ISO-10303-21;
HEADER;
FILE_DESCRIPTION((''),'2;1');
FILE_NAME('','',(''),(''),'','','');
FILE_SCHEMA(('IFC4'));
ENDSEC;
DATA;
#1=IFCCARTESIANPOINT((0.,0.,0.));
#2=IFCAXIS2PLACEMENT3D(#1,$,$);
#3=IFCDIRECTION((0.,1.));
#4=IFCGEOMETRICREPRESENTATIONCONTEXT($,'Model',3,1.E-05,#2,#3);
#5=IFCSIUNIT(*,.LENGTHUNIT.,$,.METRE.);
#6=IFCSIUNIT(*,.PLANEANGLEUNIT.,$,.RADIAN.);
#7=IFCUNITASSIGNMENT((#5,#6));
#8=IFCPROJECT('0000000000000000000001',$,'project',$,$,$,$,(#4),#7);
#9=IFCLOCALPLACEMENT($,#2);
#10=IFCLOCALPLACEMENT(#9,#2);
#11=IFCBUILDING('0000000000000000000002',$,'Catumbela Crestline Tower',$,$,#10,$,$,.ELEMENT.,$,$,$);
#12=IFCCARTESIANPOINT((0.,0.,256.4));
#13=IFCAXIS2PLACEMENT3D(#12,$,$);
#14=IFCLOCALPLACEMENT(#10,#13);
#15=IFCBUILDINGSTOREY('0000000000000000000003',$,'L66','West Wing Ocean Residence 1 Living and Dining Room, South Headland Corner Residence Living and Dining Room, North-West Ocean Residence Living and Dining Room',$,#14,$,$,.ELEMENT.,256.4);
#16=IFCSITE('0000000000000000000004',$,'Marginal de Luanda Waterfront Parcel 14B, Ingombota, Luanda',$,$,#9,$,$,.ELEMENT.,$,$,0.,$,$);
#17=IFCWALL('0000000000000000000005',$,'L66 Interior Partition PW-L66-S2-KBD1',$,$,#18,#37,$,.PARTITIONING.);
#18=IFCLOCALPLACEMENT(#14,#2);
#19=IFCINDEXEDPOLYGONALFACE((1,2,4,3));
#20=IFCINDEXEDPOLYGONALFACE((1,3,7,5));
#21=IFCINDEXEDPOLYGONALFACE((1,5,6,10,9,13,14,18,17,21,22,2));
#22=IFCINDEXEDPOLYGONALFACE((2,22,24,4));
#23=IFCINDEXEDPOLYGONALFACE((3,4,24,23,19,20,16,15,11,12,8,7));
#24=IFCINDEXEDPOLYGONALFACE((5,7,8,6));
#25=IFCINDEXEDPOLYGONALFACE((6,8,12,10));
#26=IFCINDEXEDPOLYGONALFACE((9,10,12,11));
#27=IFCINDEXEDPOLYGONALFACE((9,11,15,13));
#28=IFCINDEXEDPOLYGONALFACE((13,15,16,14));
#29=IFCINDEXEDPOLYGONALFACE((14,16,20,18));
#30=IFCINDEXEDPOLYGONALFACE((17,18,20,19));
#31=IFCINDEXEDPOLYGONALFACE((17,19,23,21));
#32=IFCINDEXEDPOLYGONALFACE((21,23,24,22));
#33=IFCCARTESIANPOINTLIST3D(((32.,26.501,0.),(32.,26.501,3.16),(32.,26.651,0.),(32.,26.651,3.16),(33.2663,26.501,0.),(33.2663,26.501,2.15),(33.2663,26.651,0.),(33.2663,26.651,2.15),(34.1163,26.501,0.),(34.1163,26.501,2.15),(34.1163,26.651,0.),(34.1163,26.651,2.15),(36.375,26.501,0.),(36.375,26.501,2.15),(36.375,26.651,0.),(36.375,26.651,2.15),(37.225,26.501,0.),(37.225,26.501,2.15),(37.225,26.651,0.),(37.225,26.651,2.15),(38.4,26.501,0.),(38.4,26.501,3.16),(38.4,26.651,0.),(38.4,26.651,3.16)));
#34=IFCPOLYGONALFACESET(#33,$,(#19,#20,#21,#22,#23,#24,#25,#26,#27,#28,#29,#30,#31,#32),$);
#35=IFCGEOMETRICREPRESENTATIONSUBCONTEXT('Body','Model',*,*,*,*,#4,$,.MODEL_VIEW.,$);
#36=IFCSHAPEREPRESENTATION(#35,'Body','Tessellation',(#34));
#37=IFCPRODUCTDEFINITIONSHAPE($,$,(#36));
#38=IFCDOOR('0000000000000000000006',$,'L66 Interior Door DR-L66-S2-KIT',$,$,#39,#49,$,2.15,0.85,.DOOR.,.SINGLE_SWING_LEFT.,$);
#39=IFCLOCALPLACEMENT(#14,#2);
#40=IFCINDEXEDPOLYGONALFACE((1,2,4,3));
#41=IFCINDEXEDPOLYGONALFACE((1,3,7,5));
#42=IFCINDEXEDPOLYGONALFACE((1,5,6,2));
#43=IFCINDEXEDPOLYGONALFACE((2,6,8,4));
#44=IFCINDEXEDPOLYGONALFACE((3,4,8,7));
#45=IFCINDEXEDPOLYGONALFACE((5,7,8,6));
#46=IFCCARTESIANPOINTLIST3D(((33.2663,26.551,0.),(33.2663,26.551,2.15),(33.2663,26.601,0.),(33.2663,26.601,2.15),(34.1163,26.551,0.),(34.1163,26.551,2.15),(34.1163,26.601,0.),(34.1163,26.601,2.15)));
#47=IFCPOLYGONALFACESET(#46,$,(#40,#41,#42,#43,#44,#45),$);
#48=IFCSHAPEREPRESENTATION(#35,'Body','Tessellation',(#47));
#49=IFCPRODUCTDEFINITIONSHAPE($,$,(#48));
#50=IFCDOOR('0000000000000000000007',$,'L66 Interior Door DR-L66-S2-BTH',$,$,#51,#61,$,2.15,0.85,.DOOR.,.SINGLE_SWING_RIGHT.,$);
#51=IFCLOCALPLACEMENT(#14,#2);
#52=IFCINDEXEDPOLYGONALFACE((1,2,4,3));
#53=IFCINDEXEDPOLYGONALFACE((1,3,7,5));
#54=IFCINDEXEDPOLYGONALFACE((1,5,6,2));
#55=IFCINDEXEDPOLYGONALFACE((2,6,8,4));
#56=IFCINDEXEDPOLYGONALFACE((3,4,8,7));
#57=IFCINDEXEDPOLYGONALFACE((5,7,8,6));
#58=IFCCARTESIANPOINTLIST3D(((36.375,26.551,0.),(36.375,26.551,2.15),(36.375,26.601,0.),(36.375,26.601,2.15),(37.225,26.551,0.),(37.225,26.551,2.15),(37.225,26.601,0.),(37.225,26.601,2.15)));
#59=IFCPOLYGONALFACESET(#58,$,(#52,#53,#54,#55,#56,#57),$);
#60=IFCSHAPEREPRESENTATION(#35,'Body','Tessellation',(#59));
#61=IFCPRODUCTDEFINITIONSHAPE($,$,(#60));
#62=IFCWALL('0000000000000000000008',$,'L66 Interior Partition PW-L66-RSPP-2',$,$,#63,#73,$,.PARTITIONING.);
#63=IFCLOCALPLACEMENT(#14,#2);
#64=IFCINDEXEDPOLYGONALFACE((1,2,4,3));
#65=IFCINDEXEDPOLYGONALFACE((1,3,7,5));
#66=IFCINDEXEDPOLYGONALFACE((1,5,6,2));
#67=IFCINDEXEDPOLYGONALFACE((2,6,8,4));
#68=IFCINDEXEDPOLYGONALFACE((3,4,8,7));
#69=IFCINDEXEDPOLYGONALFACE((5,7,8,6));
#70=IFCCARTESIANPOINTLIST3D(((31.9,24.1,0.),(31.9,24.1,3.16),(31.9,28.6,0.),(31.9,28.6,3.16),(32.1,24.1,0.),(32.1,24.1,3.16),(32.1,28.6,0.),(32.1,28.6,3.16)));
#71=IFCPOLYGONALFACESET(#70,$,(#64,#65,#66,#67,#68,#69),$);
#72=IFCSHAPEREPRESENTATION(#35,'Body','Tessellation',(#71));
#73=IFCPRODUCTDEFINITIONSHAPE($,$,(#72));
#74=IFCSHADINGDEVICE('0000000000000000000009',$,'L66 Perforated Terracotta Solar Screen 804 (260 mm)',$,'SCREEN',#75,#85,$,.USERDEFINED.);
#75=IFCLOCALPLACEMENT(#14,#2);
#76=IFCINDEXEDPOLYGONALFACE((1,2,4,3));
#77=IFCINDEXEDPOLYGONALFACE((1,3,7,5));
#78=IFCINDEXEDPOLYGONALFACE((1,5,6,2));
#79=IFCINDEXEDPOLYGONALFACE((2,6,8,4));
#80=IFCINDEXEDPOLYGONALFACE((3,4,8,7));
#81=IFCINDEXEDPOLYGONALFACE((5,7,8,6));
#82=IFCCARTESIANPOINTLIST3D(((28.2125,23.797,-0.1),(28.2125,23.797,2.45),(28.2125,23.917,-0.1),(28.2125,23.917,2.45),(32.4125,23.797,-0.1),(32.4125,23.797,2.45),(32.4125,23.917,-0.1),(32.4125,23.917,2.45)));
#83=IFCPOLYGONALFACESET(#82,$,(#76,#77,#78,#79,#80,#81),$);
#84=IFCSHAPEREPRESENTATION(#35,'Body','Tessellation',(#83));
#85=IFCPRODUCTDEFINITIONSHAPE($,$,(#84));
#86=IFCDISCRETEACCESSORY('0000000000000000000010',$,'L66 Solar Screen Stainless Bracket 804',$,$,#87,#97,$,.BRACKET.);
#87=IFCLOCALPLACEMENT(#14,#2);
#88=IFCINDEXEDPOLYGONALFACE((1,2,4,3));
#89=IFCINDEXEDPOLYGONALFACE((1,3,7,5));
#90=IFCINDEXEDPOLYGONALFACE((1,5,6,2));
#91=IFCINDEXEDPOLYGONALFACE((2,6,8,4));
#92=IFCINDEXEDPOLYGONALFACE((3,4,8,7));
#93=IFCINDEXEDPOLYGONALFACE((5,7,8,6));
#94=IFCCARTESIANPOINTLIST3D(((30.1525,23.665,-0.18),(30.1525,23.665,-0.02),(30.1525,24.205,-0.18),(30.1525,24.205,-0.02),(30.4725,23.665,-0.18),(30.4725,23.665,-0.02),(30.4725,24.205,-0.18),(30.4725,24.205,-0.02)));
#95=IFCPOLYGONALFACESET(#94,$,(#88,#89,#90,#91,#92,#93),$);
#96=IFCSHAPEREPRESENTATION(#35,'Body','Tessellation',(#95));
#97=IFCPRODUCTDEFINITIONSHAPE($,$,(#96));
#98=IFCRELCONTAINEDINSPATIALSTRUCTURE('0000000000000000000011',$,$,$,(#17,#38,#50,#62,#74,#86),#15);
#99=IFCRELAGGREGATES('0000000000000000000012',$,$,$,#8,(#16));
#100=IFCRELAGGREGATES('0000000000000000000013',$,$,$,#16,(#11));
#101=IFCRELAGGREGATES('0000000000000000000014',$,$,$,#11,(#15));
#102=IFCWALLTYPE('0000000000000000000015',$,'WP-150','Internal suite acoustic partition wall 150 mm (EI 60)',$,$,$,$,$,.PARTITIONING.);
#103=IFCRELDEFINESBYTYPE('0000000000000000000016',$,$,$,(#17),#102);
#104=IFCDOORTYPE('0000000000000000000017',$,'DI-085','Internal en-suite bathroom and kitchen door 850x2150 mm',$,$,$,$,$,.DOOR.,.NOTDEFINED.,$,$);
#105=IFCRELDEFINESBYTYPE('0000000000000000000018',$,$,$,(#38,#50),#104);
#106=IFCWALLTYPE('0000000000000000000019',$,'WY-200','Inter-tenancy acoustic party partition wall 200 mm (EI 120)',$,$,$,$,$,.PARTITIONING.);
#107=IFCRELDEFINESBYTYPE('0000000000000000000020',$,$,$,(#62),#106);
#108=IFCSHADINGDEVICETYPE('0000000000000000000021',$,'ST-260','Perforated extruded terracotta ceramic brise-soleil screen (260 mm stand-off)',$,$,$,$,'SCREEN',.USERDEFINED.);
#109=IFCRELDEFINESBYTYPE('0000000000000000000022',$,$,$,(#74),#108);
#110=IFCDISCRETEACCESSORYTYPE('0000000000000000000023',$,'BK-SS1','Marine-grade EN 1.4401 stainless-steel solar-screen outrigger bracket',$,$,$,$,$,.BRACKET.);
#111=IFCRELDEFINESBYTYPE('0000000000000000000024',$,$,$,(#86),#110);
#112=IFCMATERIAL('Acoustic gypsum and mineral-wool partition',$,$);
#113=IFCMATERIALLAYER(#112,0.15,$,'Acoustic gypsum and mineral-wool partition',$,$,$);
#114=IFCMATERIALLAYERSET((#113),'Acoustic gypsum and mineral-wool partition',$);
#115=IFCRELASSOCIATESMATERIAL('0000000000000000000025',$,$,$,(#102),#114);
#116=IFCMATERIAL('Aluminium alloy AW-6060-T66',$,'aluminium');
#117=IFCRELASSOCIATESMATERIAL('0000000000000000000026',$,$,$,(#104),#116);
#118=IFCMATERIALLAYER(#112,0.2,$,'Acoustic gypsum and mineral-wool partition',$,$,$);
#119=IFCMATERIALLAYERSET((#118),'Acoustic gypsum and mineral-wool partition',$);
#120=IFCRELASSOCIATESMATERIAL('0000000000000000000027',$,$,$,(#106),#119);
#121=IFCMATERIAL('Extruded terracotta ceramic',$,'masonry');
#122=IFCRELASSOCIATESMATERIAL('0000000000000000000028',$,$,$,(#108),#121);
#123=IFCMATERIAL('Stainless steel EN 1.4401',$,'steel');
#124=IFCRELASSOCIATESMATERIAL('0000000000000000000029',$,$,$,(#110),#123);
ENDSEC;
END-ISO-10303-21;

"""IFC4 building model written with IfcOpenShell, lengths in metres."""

from ifc_helpers import new_model, si_unit, direction, frame, frame_2d, origin, origin_2d, place, context, subcontext, project, spatial, rectangle, extrude, material, layer, layer_set, type_object, element, fill, save


model = new_model("IFC4")

# Units and contexts
model_context = context("Model", 3, precision=1e-05, world=origin(), true_north=direction((0.0, 1.0)))
body_context = subcontext(model_context, "Body", "Model", "MODEL_VIEW")
ifc_project = project(units=[si_unit("LENGTHUNIT", "METRE"), si_unit("PLANEANGLEUNIT", "RADIAN")], contexts=[model_context])

# Site, building, storey
site_placement = place(None, origin())
site = spatial("IfcSite", under=ifc_project, at=site_placement, Name="Marginal de Luanda Waterfront Parcel 14B, Ingombota, Luanda", CompositionType="ELEMENT", RefElevation=0.0)
building_placement = place(site_placement, origin())
building = spatial("IfcBuilding", under=site, at=building_placement, Name="Catumbela Crestline Tower", CompositionType="ELEMENT")
storey_placement = place(building_placement, frame((0.0, 0.0, 256.4)))
storey = spatial("IfcBuildingStorey", under=building, at=storey_placement, Name="L66", Description="West Wing Ocean Residence 1 Living and Dining Room, South Headland Corner Residence Living and Dining Room, North-West Ocean Residence Living and Dining Room", CompositionType="ELEMENT", Elevation=256.4)

# Shared definitions
ifc_material_1 = material(Name="Aluminium alloy AW-6060-T66", Category="aluminium")

# Wall, openings, doors
ifc_material_2 = material(Name="Acoustic gypsum and mineral-wool partition")
ifc_layer_1 = layer(ifc_material_2, 0.15, Name="Acoustic gypsum and mineral-wool partition")
ifc_layer_set_1 = layer_set([ifc_layer_1], Name="Acoustic gypsum and mineral-wool partition")
wall_type_1 = type_object("IfcWallType", Name="WP-150", Description="Internal suite acoustic partition wall 150 mm (EI 60)", PredefinedType="PARTITIONING", material=ifc_layer_set_1)
wall_1_placement = place(storey_placement, frame((32.0, 26.576, 0.0), z_axis=(0.0, 0.0, 1.0), x_axis=(1.0, 0.0, 0.0)))
wall_1 = element("IfcWall", 1, at=wall_1_placement, inside=storey, type_object=wall_type_1, Name="L66 Interior Partition PW-L66-S2-KBD1", PredefinedType="PARTITIONING", context=body_context, shape_type="SweptSolid", body=[
    extrude(rectangle(XDim=6.4, YDim=0.15, at=frame_2d((3.2, 0.0))), origin(), (0.0, 0.0, 1.0), 3.16),
])
opening_1_placement = place(wall_1_placement, frame((1.2663, 0.0, 0.0)))
opening_1 = element("IfcOpeningElement", 2, at=opening_1_placement, cuts=wall_1, PredefinedType="OPENING", context=body_context, shape_type="SweptSolid", body=[
    extrude(rectangle(XDim=0.85, YDim=2.15, at=frame_2d((0.425, 1.075))), frame((0.0, 0.085, 0.0), z_axis=(0.0, -1.0, 0.0), x_axis=(1.0, 0.0, 0.0)), (0.0, 0.0, 1.0), 0.17),
])
opening_2_placement = place(wall_1_placement, frame((4.375, 0.0, 0.0)))
opening_2 = element("IfcOpeningElement", 3, at=opening_2_placement, cuts=wall_1, PredefinedType="OPENING", context=body_context, shape_type="SweptSolid", body=[
    extrude(rectangle(XDim=0.85, YDim=2.15, at=frame_2d((0.425, 1.075))), frame((0.0, 0.085, 0.0), z_axis=(0.0, -1.0, 0.0), x_axis=(1.0, 0.0, 0.0)), (0.0, 0.0, 1.0), 0.17),
])
door_type = type_object("IfcDoorType", Name="DI-085", Description="Internal en-suite bathroom and kitchen door 850x2150 mm", OperationType="NOTDEFINED", PredefinedType="DOOR", material=ifc_material_1)
door_1_placement = place(opening_1_placement, origin())
door_1 = element("IfcDoor", 4, at=door_1_placement, inside=storey, type_object=door_type, Name="L66 Interior Door DR-L66-S2-KIT", OperationType="SINGLE_SWING_LEFT", OverallHeight=2.15, OverallWidth=0.85, PredefinedType="DOOR", context=body_context, shape_type="SweptSolid", body=[
    extrude(rectangle(XDim=0.85, YDim=2.15, at=frame_2d((0.425, 1.075))), frame((0.0, 0.025, 0.0), z_axis=(0.0, -1.0, 0.0), x_axis=(1.0, 0.0, 0.0)), (0.0, 0.0, 1.0), 0.05),
])
fill(opening_1, door_1)
door_2_placement = place(opening_2_placement, origin())
door_2 = element("IfcDoor", 5, at=door_2_placement, inside=storey, type_object=door_type, Name="L66 Interior Door DR-L66-S2-BTH", OperationType="SINGLE_SWING_RIGHT", OverallHeight=2.15, OverallWidth=0.85, PredefinedType="DOOR", context=body_context, shape_type="SweptSolid", body=[
    extrude(rectangle(XDim=0.85, YDim=2.15, at=frame_2d((0.425, 1.075))), frame((0.0, 0.025, 0.0), z_axis=(0.0, -1.0, 0.0), x_axis=(1.0, 0.0, 0.0)), (0.0, 0.0, 1.0), 0.05),
])
fill(opening_2, door_2)

# Wall
ifc_layer_2 = layer(ifc_material_2, 0.2, Name="Acoustic gypsum and mineral-wool partition")
ifc_layer_set_2 = layer_set([ifc_layer_2], Name="Acoustic gypsum and mineral-wool partition")
wall_type_2 = type_object("IfcWallType", Name="WY-200", Description="Inter-tenancy acoustic party partition wall 200 mm (EI 120)", PredefinedType="PARTITIONING", material=ifc_layer_set_2)
wall_2_placement = place(storey_placement, frame((32.0, 24.1, 0.0), z_axis=(0.0, 0.0, 1.0), x_axis=(0.0, 1.0, 0.0)))
element("IfcWall", 6, at=wall_2_placement, inside=storey, type_object=wall_type_2, Name="L66 Interior Partition PW-L66-RSPP-2", PredefinedType="PARTITIONING", context=body_context, shape_type="SweptSolid", body=[
    extrude(rectangle(XDim=4.5, YDim=0.2, at=frame_2d((2.25, 0.0))), origin(), (0.0, 0.0, 1.0), 3.16),
])

# Shading device
ifc_material_3 = material(Name="Extruded terracotta ceramic", Category="masonry")
shading_device_type = type_object("IfcShadingDeviceType", Name="ST-260", Description="Perforated extruded terracotta ceramic brise-soleil screen (260 mm stand-off)", ElementType="SCREEN", PredefinedType="USERDEFINED", material=ifc_material_3)
shading_device_placement = place(storey_placement, frame((30.3125, 23.857, -0.1), z_axis=(0.0, 0.0, 1.0), x_axis=(1.0, 0.0, 0.0)))
element("IfcShadingDevice", 7, at=shading_device_placement, inside=storey, type_object=shading_device_type, Name="L66 Perforated Terracotta Solar Screen 804 (260 mm)", ObjectType="SCREEN", PredefinedType="USERDEFINED", context=body_context, shape_type="SweptSolid", body=[
    extrude(rectangle(XDim=4.2, YDim=0.12, at=origin_2d()), origin(), (0.0, 0.0, 1.0), 2.55),
])

# Discrete accessory
ifc_material_4 = material(Name="Stainless steel EN 1.4401", Category="steel")
discrete_accessory_type = type_object("IfcDiscreteAccessoryType", Name="BK-SS1", Description="Marine-grade EN 1.4401 stainless-steel solar-screen outrigger bracket", PredefinedType="BRACKET", material=ifc_material_4)
discrete_accessory_placement = place(storey_placement, frame((30.3125, 23.935, -0.18), z_axis=(0.0, 0.0, 1.0), x_axis=(1.0, 0.0, 0.0)))
element("IfcDiscreteAccessory", 8, at=discrete_accessory_placement, inside=storey, type_object=discrete_accessory_type, Name="L66 Solar Screen Stainless Bracket 804", PredefinedType="BRACKET", context=body_context, shape_type="SweptSolid", body=[
    extrude(rectangle(XDim=0.32, YDim=0.54, at=origin_2d()), origin(), (0.0, 0.0, 1.0), 0.16),
])

save(model, "model.ifc")
